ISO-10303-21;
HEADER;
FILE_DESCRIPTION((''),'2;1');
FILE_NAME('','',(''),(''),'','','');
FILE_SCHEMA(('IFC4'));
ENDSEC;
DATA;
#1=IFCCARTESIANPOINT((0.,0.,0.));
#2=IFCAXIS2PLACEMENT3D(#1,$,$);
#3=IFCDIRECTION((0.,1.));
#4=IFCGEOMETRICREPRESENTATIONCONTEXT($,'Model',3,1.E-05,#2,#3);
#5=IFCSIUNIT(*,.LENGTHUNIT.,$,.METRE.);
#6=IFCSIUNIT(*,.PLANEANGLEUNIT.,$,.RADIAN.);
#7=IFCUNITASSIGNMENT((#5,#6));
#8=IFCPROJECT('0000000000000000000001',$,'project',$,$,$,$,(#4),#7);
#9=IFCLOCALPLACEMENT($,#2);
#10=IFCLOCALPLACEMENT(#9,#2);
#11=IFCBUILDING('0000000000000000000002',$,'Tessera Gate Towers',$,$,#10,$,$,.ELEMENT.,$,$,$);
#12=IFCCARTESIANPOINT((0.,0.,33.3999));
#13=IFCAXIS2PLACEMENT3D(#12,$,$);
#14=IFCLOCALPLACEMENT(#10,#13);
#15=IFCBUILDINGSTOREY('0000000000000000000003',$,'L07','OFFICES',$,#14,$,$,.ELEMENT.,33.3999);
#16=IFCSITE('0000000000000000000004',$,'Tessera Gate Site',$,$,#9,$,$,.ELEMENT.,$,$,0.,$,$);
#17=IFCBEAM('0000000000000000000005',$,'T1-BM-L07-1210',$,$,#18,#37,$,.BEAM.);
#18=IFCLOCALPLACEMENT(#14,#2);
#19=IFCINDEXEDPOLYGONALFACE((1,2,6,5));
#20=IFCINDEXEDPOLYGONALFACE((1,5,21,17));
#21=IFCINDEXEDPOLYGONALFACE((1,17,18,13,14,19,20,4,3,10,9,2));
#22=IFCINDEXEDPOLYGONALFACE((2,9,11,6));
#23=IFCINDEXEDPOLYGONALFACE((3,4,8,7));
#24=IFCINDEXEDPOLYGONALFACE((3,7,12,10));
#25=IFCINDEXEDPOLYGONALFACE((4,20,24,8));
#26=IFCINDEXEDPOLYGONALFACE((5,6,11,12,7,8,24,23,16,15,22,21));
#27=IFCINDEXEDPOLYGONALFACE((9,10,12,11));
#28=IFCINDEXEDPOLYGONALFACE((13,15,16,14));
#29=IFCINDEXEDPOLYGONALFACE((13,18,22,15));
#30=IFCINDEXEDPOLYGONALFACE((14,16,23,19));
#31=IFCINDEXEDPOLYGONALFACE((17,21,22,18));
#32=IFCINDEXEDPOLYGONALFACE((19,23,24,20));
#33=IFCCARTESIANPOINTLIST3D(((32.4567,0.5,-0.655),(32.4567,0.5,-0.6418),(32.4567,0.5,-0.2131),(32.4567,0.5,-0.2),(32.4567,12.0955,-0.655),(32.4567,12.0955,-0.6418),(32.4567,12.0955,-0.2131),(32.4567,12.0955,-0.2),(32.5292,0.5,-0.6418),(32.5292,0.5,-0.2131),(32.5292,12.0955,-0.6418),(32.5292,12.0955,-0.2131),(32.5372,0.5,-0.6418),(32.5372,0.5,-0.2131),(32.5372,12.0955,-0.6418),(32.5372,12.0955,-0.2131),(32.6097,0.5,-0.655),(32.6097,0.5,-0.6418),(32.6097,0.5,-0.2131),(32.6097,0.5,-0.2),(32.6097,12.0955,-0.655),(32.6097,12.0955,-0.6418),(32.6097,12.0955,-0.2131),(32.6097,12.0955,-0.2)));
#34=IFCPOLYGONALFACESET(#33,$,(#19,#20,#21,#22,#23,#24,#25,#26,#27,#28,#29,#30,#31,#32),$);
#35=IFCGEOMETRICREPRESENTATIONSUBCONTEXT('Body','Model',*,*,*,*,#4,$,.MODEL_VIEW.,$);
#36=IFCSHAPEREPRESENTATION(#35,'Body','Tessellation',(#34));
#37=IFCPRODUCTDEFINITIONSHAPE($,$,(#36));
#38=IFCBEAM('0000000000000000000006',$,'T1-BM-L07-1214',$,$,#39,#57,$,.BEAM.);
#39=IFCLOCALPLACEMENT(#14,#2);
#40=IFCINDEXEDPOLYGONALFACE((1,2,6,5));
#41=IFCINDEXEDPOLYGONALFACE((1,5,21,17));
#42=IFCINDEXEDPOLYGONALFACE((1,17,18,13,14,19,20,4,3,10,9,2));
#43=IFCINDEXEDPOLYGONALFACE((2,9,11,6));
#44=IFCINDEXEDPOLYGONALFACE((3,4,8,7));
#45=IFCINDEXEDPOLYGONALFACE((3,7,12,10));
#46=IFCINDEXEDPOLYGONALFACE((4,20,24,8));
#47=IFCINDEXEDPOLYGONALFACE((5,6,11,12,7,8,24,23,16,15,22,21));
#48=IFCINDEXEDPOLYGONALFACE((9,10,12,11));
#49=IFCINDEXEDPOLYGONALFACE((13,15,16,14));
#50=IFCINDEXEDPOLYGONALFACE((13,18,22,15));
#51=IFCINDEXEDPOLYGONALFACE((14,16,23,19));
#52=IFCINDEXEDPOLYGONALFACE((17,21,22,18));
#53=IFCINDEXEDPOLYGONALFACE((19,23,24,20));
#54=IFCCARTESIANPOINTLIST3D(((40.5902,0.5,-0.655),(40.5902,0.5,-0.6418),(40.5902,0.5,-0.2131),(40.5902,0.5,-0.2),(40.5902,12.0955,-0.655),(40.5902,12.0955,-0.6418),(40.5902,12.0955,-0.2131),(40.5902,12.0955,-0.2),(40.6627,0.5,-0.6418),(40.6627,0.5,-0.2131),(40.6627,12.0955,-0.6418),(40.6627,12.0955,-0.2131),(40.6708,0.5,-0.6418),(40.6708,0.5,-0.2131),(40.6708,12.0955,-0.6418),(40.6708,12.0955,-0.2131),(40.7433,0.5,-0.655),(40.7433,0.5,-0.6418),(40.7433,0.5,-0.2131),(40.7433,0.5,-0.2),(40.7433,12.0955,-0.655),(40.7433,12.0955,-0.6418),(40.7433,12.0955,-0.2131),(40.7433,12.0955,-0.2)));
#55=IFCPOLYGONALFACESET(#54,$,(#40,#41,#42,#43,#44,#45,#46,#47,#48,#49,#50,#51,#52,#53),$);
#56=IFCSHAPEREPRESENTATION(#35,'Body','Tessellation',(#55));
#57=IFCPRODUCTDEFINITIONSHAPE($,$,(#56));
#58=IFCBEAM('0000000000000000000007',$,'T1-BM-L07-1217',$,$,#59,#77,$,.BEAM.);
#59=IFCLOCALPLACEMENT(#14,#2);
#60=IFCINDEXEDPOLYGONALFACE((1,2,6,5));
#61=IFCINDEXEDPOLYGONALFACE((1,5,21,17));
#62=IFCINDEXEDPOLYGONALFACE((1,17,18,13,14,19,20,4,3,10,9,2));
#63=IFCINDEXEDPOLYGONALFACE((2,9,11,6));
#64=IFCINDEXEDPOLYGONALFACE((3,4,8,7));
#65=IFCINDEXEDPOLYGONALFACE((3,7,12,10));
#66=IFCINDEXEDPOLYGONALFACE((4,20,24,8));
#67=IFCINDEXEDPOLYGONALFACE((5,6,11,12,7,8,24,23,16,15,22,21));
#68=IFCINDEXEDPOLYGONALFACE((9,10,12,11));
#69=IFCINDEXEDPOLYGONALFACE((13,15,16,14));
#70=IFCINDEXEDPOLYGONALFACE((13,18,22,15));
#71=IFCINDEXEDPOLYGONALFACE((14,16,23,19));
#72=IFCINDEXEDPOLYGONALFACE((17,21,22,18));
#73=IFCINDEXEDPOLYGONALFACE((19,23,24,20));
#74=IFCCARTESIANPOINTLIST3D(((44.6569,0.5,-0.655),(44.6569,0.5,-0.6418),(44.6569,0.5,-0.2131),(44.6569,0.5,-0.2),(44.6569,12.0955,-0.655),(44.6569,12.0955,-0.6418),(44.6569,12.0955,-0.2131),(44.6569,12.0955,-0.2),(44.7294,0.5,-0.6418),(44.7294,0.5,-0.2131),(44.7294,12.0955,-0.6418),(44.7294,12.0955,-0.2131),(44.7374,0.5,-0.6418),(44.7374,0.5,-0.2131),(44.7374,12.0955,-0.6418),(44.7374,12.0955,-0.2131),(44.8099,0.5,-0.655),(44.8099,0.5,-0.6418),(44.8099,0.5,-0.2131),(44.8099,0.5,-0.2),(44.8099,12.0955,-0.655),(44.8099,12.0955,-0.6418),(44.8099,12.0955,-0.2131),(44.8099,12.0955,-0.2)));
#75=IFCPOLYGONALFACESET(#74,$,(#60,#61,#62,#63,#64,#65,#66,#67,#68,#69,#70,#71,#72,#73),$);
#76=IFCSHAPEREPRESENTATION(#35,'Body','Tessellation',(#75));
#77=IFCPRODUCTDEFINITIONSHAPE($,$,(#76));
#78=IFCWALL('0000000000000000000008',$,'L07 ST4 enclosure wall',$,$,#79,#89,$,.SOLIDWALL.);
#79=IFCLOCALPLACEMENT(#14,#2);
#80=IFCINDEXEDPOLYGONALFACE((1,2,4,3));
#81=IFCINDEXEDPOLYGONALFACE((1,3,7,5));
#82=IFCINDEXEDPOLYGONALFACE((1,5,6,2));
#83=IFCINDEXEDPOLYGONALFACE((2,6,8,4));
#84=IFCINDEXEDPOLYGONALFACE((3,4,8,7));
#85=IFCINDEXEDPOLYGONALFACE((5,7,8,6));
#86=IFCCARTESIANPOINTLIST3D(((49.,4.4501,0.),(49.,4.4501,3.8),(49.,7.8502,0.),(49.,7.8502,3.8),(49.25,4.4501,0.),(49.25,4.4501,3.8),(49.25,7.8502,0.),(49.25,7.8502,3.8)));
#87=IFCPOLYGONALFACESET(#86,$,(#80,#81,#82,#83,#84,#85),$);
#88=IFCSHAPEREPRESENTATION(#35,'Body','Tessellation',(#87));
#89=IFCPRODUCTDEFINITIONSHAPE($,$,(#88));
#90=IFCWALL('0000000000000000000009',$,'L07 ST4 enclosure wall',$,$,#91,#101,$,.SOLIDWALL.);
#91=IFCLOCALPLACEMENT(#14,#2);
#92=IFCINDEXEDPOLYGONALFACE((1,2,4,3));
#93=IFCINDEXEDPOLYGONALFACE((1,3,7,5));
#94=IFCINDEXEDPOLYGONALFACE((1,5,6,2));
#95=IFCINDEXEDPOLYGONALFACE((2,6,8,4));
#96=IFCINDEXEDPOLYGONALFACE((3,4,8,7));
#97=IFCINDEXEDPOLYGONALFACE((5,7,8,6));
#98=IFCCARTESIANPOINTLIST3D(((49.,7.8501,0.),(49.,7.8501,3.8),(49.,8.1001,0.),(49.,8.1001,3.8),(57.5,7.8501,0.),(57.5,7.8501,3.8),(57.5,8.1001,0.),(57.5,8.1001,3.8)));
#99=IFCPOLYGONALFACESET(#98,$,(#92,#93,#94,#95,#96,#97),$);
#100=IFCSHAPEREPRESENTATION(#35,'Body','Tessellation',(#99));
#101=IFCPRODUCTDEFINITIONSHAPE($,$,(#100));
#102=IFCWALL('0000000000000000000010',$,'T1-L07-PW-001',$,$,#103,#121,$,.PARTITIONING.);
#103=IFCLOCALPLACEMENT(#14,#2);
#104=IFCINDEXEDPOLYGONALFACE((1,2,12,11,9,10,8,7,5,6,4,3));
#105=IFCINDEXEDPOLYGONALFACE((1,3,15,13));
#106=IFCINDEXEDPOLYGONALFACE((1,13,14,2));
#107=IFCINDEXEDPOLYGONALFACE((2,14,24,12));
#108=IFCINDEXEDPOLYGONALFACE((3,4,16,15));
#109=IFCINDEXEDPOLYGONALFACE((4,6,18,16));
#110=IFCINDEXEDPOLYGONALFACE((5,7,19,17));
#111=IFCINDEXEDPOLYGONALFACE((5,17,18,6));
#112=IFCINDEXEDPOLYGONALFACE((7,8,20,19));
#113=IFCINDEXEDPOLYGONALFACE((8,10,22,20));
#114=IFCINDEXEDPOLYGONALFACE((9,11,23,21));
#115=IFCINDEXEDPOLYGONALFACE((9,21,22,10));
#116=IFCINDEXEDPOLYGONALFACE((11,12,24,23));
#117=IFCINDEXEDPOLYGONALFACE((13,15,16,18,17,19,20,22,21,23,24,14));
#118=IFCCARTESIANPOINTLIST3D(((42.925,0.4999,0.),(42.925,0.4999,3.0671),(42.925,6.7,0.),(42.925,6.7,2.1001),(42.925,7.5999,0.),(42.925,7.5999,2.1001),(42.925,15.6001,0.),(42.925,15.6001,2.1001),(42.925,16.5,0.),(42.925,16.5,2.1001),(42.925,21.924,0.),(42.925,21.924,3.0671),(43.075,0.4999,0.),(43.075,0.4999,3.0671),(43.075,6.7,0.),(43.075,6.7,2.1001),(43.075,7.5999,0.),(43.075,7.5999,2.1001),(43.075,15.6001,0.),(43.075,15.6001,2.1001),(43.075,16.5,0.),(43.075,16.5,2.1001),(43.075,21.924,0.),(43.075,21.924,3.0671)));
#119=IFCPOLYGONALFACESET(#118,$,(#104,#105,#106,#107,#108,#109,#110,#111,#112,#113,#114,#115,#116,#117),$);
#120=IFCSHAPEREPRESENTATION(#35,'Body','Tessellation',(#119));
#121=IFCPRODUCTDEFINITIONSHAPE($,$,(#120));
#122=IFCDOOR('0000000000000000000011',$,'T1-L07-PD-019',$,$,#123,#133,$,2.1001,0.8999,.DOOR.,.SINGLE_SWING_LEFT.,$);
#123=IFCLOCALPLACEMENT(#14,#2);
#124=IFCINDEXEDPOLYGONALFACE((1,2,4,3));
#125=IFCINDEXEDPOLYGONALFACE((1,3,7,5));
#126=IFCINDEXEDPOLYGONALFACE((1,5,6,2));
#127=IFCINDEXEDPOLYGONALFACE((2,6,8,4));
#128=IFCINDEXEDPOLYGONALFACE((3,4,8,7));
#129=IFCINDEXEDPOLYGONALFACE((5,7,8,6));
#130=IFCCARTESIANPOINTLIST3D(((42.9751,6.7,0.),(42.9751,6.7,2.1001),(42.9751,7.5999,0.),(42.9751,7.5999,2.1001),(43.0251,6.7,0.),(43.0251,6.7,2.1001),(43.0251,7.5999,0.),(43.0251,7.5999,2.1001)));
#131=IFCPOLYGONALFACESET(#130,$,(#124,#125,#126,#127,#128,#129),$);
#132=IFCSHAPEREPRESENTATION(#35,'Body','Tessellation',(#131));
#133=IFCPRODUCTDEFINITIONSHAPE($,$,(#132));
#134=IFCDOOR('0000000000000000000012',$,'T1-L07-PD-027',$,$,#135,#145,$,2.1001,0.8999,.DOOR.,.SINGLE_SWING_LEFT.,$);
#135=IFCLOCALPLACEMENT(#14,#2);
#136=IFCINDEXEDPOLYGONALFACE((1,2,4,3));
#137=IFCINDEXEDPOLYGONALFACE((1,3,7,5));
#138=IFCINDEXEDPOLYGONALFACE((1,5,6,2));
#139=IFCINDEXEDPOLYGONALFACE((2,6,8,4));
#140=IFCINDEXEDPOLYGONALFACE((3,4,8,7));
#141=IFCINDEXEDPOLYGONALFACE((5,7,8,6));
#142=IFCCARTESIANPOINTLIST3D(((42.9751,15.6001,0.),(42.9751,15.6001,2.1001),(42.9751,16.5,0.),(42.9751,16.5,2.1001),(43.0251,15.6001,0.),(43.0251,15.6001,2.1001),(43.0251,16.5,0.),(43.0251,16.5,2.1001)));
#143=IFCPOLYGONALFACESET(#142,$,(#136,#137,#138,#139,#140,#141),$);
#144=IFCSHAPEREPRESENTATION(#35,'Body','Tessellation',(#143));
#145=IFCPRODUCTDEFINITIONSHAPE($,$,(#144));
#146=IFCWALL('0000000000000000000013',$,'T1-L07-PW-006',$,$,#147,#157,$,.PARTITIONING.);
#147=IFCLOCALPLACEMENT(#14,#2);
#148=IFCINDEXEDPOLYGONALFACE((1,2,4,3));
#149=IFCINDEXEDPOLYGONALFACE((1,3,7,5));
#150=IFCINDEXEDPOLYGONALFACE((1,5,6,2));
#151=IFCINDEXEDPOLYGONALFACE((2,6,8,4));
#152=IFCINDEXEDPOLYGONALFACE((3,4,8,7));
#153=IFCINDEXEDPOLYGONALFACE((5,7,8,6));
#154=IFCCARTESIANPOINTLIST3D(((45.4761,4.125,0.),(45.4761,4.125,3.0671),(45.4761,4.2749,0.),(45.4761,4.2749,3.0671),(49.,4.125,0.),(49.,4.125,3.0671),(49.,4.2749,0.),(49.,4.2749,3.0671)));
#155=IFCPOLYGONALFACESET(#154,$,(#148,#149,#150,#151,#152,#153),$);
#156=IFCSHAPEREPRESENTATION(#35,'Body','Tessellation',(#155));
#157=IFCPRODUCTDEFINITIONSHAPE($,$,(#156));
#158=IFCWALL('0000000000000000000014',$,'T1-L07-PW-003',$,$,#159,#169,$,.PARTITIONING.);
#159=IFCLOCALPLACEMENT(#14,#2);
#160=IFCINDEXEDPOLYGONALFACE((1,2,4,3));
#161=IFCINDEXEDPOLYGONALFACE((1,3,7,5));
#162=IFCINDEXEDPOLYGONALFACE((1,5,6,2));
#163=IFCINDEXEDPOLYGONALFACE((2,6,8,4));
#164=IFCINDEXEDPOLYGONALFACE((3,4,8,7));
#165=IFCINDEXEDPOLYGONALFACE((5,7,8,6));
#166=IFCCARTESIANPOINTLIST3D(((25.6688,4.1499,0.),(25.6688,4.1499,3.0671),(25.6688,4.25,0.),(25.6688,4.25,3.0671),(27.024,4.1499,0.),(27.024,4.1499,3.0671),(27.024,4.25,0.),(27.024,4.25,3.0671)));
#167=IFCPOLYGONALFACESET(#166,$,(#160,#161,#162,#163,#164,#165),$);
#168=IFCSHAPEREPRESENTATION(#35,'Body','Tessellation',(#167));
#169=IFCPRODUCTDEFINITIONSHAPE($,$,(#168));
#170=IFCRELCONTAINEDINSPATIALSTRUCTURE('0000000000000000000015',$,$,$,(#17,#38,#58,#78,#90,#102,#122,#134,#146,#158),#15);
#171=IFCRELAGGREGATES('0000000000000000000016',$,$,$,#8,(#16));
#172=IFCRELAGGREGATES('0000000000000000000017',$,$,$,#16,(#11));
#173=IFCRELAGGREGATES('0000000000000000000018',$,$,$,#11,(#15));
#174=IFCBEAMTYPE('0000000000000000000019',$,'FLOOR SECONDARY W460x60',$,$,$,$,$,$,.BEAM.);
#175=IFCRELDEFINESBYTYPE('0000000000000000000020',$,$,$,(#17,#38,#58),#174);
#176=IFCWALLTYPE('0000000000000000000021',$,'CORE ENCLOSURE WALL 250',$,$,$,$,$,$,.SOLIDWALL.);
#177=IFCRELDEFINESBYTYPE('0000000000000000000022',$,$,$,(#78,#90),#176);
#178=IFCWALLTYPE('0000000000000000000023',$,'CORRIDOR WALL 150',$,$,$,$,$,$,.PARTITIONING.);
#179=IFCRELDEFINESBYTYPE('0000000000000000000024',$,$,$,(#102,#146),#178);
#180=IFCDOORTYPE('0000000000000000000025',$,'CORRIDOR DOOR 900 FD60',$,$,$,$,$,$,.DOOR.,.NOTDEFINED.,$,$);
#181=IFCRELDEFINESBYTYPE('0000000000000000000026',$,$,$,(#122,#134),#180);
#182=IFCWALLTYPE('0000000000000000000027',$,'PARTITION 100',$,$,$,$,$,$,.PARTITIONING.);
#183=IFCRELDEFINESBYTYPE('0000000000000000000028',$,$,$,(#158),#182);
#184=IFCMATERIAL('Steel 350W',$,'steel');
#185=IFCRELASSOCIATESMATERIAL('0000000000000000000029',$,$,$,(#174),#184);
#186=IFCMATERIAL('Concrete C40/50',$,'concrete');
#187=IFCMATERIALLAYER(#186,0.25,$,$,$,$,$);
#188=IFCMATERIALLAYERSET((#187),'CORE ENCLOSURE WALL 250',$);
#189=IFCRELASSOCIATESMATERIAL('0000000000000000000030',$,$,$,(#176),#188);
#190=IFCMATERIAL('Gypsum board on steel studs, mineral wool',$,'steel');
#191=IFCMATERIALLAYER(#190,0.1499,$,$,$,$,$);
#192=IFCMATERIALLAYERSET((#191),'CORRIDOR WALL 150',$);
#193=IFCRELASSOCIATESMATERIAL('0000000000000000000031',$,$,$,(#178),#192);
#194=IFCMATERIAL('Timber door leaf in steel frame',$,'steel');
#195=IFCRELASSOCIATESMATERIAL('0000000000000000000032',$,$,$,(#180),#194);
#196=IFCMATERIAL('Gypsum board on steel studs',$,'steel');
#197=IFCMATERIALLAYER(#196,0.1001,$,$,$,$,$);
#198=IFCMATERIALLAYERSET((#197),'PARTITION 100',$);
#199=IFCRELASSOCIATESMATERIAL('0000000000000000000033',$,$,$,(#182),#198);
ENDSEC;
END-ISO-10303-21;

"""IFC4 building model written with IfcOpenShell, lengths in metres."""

from ifc_helpers import new_model, si_unit, direction, frame, frame_2d, origin, origin_2d, place, context, subcontext, project, spatial, rectangle, i_section, extrude, source, transform, mapped, material, layer, layer_set, material_profile, profile_set, type_object, element, fill, save


model = new_model("IFC4")

# Units and contexts
model_context = context("Model", 3, precision=1e-05, world=origin(), true_north=direction((0.0, 1.0)))
body_context = subcontext(model_context, "Body", "Model", "MODEL_VIEW")
ifc_project = project(units=[si_unit("LENGTHUNIT", "METRE"), si_unit("PLANEANGLEUNIT", "RADIAN")], contexts=[model_context])

# Site, building, storey
site_placement = place(None, origin())
site = spatial("IfcSite", under=ifc_project, at=site_placement, Name="Tessera Gate Site", CompositionType="ELEMENT", RefElevation=0.0)
building_placement = place(site_placement, origin())
building = spatial("IfcBuilding", under=site, at=building_placement, Name="Tessera Gate Towers", CompositionType="ELEMENT")
storey_placement = place(building_placement, frame((0.0, 0.0, 33.3999)))
storey = spatial("IfcBuildingStorey", under=building, at=storey_placement, Name="L07", Description="OFFICES", CompositionType="ELEMENT", Elevation=33.3999)

# Beams
ifc_material_1 = material(Name="Steel 350W", Category="steel")
ifc_material_profile_1 = material_profile(ifc_material_1, i_section(OverallWidth=0.1531, OverallDepth=0.4551, WebThickness=0.0081, FlangeThickness=0.0132, at=origin_2d()), Name="W460x60")
ifc_profile_set_1 = profile_set([ifc_material_profile_1], Name="Steel 350W")
beam_type_1 = type_object("IfcBeamType", Name="FLOOR SECONDARY W460x60", PredefinedType="BEAM", material=ifc_profile_set_1)
for number, where, z_axis, x_axis, name in (
    (1, (32.5332, 0.5, -0.4275), (0.0, 1.0, 0.0), (-1.0, 0.0, 0.0), "T1-BM-L07-1210"),
    (2, (40.6667, 0.5, -0.4275), (0.0, 1.0, 0.0), (-1.0, 0.0, 0.0), "T1-BM-L07-1214"),
    (3, (44.7334, 0.5, -0.4275), (0.0, 1.0, 0.0), (-1.0, 0.0, 0.0), "T1-BM-L07-1217"),
):
    element("IfcBeam", number, at=place(storey_placement, frame(where, z_axis=z_axis, x_axis=x_axis)), inside=storey, type_object=beam_type_1, Name=name, PredefinedType="BEAM", context=body_context, shape_type="SweptSolid", body=[
        extrude(i_section(OverallWidth=0.1531, OverallDepth=0.4551, WebThickness=0.0081, FlangeThickness=0.0132, at=origin_2d()), origin(), (0.0, 0.0, 1.0), 11.5955),
    ])

# Walls
ifc_material_2 = material(Name="Concrete C40/50", Category="concrete")
ifc_layer_1 = layer(ifc_material_2, 0.25)
ifc_layer_set_1 = layer_set([ifc_layer_1], Name="CORE ENCLOSURE WALL 250")
wall_type_1 = type_object("IfcWallType", Name="CORE ENCLOSURE WALL 250", PredefinedType="SOLIDWALL", material=ifc_layer_set_1)
wall_1_placement = place(storey_placement, frame((49.125, 4.45, 0.0), z_axis=(0.0, 0.0, 1.0), x_axis=(0.0, 1.0, 0.0)))
element("IfcWall", 4, at=wall_1_placement, inside=storey, type_object=wall_type_1, Name="L07 ST4 enclosure wall", PredefinedType="SOLIDWALL", context=body_context, shape_type="SweptSolid", body=[
    extrude(rectangle(XDim=3.4001, YDim=0.25, at=frame_2d((1.7002, 0.0))), origin(), (0.0, 0.0, 1.0), 3.8),
])
wall_2_placement = place(storey_placement, frame((49.0, 7.9751, 0.0), z_axis=(0.0, 0.0, 1.0), x_axis=(1.0, 0.0, 0.0)))
element("IfcWall", 5, at=wall_2_placement, inside=storey, type_object=wall_type_1, Name="L07 ST4 enclosure wall", PredefinedType="SOLIDWALL", context=body_context, shape_type="SweptSolid", body=[
    extrude(rectangle(XDim=8.5, YDim=0.25, at=frame_2d((4.25, 0.0))), origin(), (0.0, 0.0, 1.0), 3.8),
])

# Wall, openings, doors
ifc_material_3 = material(Name="Gypsum board on steel studs, mineral wool", Category="steel")
ifc_layer_2 = layer(ifc_material_3, 0.1499)
ifc_layer_set_2 = layer_set([ifc_layer_2], Name="CORRIDOR WALL 150")
wall_type_2 = type_object("IfcWallType", Name="CORRIDOR WALL 150", PredefinedType="PARTITIONING", material=ifc_layer_set_2)
wall_3_placement = place(storey_placement, frame((43.0, 0.5, 0.0), z_axis=(0.0, 0.0, 1.0), x_axis=(0.0, 1.0, 0.0)))
wall_3 = element("IfcWall", 6, at=wall_3_placement, inside=storey, type_object=wall_type_2, Name="T1-L07-PW-001", PredefinedType="PARTITIONING", context=body_context, shape_type="SweptSolid", body=[
    extrude(rectangle(XDim=21.4241, YDim=0.1499, at=frame_2d((10.7119, 0.0))), origin(), (0.0, 0.0, 1.0), 3.0671),
])
shared_shape_1 = source(origin(), body_context, "Body", "SweptSolid", [
    extrude(rectangle(XDim=0.8999, YDim=2.1001, at=frame_2d((0.45, 1.05))), frame((0.0, 0.085, 0.0), z_axis=(0.0, -1.0, 0.0), x_axis=(1.0, 0.0, 0.0)), (0.0, 0.0, 1.0), 0.1699),
])
opening_1_placement = place(wall_3_placement, frame((6.2, 0.0, 0.0)))
opening_1 = element("IfcOpeningElement", 7, at=opening_1_placement, cuts=wall_3, PredefinedType="OPENING", context=body_context, shape_type="MappedRepresentation", body=[
    mapped(shared_shape_1, transform((0.0, 0.0, 0.0), scale=1.0)),
])
opening_2_placement = place(wall_3_placement, frame((15.1001, 0.0, 0.0)))
opening_2 = element("IfcOpeningElement", 8, at=opening_2_placement, cuts=wall_3, PredefinedType="OPENING", context=body_context, shape_type="MappedRepresentation", body=[
    mapped(shared_shape_1, transform((0.0, 0.0, 0.0), scale=1.0)),
])
ifc_material_4 = material(Name="Timber door leaf in steel frame", Category="steel")
door_type_1 = type_object("IfcDoorType", Name="CORRIDOR DOOR 900 FD60", OperationType="NOTDEFINED", PredefinedType="DOOR", material=ifc_material_4)
shared_shape_2 = source(origin(), body_context, "Body", "SweptSolid", [
    extrude(rectangle(XDim=0.8999, YDim=2.1001, at=frame_2d((0.45, 1.05))), frame((0.0, 0.0249, 0.0), z_axis=(0.0, -1.0, 0.0), x_axis=(1.0, 0.0, 0.0)), (0.0, 0.0, 1.0), 0.05),
])
door_1_placement = place(opening_1_placement, origin())
door_1 = element("IfcDoor", 9, at=door_1_placement, inside=storey, type_object=door_type_1, Name="T1-L07-PD-019", OperationType="SINGLE_SWING_LEFT", OverallHeight=2.1001, OverallWidth=0.8999, PredefinedType="DOOR", context=body_context, shape_type="MappedRepresentation", body=[
    mapped(shared_shape_2, transform((0.0, 0.0, 0.0), scale=1.0)),
])
fill(opening_1, door_1)
door_2_placement = place(opening_2_placement, origin())
door_2 = element("IfcDoor", 10, at=door_2_placement, inside=storey, type_object=door_type_1, Name="T1-L07-PD-027", OperationType="SINGLE_SWING_LEFT", OverallHeight=2.1001, OverallWidth=0.8999, PredefinedType="DOOR", context=body_context, shape_type="MappedRepresentation", body=[
    mapped(shared_shape_2, transform((0.0, 0.0, 0.0), scale=1.0)),
])
fill(opening_2, door_2)

# Walls
wall_4_placement = place(storey_placement, frame((45.4761, 4.2, 0.0), z_axis=(0.0, 0.0, 1.0), x_axis=(1.0, 0.0, 0.0)))
element("IfcWall", 11, at=wall_4_placement, inside=storey, type_object=wall_type_2, Name="T1-L07-PW-006", PredefinedType="PARTITIONING", context=body_context, shape_type="SweptSolid", body=[
    extrude(rectangle(XDim=3.5239, YDim=0.1499, at=frame_2d((1.762, 0.0))), origin(), (0.0, 0.0, 1.0), 3.0671),
])
ifc_material_5 = material(Name="Gypsum board on steel studs", Category="steel")
ifc_layer_3 = layer(ifc_material_5, 0.1001)
ifc_layer_set_3 = layer_set([ifc_layer_3], Name="PARTITION 100")
wall_type_3 = type_object("IfcWallType", Name="PARTITION 100", PredefinedType="PARTITIONING", material=ifc_layer_set_3)
wall_5_placement = place(storey_placement, frame((25.6687, 4.2, 0.0), z_axis=(0.0, 0.0, 1.0), x_axis=(1.0, 0.0, 0.0)))
element("IfcWall", 12, at=wall_5_placement, inside=storey, type_object=wall_type_3, Name="T1-L07-PW-003", PredefinedType="PARTITIONING", context=body_context, shape_type="SweptSolid", body=[
    extrude(rectangle(XDim=1.3552, YDim=0.1001, at=frame_2d((0.6777, 0.0))), origin(), (0.0, 0.0, 1.0), 3.0671),
])

save(model, "model.ifc")
